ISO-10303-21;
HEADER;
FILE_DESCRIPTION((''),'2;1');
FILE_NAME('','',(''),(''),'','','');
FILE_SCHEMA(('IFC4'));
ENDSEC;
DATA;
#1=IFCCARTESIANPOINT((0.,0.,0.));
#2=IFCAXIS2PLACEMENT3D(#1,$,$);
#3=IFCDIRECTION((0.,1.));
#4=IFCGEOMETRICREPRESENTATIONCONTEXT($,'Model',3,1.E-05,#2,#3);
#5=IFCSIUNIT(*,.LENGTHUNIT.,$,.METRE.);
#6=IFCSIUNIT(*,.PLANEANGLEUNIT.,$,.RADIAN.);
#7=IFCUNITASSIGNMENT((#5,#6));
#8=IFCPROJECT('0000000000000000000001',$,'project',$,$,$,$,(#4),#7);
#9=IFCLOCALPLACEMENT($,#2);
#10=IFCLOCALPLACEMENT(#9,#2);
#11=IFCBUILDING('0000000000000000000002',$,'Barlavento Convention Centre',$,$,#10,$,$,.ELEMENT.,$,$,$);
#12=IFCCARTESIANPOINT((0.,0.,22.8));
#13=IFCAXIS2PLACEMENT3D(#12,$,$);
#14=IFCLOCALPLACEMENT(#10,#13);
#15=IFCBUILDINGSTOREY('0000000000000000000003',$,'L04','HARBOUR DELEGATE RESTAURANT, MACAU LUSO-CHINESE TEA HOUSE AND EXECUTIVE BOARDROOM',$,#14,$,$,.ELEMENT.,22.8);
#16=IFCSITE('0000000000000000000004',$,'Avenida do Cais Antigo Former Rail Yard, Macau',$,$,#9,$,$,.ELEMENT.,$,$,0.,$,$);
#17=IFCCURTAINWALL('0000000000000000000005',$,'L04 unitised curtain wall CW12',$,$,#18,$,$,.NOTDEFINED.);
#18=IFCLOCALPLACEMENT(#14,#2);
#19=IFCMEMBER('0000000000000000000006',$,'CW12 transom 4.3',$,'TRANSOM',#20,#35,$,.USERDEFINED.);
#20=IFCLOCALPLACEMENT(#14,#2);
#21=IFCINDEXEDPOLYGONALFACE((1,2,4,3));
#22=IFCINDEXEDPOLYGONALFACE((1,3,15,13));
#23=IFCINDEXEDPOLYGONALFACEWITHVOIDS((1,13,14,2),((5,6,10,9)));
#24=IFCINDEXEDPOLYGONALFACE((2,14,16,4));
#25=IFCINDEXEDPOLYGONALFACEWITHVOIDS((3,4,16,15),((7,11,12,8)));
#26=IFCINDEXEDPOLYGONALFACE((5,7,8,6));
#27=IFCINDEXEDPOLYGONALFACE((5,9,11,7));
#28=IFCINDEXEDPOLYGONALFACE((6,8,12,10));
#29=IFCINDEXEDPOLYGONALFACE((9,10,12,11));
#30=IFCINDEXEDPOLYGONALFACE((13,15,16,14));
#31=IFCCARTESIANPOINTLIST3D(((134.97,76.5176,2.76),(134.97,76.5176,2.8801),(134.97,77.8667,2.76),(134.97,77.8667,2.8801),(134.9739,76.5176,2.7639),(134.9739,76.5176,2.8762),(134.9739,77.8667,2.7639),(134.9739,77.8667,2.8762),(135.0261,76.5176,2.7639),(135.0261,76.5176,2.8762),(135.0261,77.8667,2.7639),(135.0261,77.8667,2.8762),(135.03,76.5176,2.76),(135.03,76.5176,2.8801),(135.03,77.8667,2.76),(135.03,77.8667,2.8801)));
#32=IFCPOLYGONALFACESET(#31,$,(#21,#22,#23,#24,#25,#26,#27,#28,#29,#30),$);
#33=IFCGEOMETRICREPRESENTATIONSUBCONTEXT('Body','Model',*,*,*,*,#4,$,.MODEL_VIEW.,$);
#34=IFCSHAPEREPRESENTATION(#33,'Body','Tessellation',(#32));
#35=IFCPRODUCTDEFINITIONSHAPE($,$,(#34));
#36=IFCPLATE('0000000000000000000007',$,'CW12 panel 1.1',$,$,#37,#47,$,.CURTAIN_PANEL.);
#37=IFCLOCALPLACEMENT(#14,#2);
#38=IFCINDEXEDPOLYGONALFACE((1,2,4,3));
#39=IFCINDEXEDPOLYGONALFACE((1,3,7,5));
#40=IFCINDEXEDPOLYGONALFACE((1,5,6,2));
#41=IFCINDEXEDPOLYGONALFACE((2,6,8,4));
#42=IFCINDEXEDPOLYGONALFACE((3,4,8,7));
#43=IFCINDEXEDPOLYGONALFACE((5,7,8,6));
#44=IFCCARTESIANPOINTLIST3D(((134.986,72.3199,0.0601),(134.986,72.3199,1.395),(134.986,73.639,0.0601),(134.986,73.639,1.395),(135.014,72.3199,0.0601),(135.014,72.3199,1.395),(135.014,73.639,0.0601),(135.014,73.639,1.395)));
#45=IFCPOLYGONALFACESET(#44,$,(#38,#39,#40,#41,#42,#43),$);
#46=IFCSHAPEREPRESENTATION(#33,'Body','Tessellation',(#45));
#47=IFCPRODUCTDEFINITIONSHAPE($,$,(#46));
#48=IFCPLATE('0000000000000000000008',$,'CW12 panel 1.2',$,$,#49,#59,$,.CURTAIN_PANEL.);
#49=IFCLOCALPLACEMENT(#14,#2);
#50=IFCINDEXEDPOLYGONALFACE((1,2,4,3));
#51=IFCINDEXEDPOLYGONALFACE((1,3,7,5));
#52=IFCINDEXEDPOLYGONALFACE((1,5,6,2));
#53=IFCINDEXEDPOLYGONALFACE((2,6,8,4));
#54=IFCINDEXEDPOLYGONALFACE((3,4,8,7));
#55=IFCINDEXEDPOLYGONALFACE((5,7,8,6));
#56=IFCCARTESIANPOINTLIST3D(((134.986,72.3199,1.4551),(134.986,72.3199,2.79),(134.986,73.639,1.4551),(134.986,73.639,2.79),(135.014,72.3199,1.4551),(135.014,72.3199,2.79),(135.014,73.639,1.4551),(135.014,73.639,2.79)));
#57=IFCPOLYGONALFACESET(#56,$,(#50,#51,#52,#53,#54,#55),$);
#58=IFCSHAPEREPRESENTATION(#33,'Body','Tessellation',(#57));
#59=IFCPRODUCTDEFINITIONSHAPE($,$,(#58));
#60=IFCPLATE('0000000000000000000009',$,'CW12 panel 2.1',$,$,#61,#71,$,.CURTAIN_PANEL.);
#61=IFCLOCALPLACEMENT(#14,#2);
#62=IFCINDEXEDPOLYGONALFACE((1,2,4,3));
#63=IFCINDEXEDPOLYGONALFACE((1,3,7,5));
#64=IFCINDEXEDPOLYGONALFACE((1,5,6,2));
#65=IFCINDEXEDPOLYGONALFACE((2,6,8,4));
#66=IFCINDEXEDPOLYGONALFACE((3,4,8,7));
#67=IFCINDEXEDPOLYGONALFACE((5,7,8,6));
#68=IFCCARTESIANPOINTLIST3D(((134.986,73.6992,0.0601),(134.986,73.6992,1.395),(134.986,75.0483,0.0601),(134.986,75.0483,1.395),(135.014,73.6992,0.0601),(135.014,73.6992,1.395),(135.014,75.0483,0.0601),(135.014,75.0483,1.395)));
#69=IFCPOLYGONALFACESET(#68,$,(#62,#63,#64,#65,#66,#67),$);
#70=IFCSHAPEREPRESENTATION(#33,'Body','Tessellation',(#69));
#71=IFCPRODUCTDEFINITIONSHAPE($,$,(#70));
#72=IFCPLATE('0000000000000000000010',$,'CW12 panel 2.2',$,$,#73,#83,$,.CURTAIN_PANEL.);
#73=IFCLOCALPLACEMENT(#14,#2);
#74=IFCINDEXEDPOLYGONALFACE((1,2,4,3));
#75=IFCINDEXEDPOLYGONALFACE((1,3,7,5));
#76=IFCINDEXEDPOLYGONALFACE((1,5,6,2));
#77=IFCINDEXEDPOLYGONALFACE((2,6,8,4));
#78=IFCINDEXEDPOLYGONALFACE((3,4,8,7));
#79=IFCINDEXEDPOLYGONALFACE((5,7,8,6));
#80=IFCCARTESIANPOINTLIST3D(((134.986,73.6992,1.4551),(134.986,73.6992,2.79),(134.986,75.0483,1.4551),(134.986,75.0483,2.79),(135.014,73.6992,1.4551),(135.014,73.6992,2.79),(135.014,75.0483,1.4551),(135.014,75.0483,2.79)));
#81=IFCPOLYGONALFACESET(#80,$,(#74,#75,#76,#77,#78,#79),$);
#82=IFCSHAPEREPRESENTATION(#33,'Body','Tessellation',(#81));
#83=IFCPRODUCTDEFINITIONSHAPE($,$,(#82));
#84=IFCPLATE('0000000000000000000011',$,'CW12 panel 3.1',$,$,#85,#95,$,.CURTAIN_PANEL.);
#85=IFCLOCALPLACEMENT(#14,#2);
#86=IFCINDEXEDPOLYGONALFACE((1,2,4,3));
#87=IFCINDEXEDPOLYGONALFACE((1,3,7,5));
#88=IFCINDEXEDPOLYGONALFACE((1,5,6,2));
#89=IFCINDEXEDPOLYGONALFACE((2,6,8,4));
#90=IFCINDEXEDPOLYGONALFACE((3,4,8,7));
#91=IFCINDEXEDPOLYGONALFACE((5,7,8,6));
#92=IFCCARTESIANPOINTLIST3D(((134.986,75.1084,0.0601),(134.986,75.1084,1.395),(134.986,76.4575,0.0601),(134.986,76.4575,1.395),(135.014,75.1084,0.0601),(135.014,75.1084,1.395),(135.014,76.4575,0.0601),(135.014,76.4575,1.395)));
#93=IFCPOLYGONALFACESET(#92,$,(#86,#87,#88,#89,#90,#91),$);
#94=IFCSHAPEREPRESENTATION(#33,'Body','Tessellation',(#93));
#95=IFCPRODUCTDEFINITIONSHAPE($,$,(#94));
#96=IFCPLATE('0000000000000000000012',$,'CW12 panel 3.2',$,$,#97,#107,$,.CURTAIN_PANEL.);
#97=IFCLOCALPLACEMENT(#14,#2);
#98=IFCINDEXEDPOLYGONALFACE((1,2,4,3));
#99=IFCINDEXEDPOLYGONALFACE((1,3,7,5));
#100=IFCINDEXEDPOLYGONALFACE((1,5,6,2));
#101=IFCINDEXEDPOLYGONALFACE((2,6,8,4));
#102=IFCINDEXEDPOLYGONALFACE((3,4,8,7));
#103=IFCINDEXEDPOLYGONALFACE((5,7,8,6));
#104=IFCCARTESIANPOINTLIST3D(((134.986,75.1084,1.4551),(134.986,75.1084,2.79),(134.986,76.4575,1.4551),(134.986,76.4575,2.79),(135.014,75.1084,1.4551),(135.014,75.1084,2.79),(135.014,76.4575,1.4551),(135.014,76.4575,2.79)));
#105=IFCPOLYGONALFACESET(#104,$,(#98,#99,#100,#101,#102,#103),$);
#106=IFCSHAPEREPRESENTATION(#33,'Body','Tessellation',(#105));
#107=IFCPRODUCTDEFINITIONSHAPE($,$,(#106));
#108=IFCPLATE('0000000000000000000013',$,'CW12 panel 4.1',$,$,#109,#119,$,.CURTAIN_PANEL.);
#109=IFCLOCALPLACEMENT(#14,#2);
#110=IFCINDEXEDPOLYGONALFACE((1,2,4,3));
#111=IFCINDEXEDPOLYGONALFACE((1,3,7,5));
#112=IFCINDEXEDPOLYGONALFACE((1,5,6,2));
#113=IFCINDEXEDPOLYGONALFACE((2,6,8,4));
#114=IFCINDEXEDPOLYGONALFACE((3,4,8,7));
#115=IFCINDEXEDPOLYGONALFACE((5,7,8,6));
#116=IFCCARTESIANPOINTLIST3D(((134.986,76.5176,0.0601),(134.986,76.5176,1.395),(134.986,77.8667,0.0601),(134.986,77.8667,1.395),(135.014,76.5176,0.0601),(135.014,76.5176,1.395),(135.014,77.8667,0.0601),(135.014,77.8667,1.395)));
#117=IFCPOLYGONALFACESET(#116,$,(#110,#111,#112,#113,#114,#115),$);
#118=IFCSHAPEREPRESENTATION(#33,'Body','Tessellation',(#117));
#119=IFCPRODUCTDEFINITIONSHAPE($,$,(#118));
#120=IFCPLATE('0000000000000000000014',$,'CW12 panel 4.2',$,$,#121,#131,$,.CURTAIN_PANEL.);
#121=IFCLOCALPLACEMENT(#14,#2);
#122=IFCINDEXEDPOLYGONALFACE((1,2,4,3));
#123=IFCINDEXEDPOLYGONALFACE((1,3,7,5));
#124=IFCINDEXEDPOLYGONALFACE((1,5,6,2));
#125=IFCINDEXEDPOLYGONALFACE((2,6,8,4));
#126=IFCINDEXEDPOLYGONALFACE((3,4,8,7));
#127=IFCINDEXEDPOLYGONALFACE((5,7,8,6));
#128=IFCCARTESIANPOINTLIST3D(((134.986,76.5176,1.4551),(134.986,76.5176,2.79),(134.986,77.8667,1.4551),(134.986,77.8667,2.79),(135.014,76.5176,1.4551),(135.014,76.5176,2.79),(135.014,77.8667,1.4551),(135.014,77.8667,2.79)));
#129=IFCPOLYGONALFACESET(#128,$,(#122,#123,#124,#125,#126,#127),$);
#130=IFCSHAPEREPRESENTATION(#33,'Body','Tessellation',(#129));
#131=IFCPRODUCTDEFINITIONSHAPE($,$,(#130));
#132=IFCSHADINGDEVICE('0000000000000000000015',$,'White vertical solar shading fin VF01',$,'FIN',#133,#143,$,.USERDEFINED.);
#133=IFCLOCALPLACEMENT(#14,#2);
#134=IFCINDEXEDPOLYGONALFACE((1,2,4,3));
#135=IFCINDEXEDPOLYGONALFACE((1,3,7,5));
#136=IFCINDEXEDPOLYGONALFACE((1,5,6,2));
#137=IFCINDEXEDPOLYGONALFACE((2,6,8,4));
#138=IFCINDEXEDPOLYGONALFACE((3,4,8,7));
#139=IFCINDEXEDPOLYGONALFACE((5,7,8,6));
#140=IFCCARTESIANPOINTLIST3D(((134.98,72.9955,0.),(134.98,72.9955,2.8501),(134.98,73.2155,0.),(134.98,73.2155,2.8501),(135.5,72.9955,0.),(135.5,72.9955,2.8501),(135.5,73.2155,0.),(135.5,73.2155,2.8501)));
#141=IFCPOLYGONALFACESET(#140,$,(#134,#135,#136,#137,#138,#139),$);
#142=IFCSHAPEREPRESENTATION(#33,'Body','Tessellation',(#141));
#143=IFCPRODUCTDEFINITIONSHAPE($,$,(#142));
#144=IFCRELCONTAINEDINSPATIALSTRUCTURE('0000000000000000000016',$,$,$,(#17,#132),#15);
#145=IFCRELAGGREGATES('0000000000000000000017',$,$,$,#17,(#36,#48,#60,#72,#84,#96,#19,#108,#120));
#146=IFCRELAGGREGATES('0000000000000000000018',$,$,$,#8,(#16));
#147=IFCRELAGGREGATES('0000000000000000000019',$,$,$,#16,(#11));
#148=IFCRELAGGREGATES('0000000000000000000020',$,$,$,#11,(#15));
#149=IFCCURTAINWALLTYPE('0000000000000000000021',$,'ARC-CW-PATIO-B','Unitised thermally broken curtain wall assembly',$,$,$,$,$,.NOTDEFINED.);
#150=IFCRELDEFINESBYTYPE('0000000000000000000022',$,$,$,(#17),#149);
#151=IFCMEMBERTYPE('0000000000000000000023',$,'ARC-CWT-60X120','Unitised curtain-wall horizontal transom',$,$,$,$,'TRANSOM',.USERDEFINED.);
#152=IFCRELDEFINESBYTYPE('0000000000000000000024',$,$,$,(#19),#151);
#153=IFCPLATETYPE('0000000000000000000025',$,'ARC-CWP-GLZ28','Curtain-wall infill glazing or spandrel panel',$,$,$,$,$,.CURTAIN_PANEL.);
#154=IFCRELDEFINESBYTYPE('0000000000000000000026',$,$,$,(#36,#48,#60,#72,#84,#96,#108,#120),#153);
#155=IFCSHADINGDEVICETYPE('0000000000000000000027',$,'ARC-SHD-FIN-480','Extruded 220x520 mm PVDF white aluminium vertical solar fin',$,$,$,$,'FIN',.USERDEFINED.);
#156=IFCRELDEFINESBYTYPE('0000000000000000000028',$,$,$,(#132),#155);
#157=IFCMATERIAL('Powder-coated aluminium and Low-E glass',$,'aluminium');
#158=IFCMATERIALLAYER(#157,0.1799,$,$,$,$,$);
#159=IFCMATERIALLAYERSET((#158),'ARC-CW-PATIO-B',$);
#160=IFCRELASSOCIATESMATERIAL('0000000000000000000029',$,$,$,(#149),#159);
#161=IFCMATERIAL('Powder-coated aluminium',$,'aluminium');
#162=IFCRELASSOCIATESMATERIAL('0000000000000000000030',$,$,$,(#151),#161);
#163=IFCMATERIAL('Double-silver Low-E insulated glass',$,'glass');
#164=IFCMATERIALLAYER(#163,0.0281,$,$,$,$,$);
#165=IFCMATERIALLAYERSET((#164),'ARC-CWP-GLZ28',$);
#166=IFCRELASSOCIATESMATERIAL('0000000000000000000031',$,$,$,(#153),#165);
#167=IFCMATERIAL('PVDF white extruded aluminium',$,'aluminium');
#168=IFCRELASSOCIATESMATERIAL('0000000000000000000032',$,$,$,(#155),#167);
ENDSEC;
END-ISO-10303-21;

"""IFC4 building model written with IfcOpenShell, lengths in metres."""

from ifc_helpers import new_model, si_unit, direction, frame, origin, origin_2d, place, context, subcontext, project, spatial, rectangle, hollow_rectangle, extrude, material, layer, layer_set, material_profile, profile_set, type_object, element, aggregate, save


model = new_model("IFC4")

# Units and contexts
model_context = context("Model", 3, precision=1e-05, world=origin(), true_north=direction((0.0, 1.0)))
body_context = subcontext(model_context, "Body", "Model", "MODEL_VIEW")
ifc_project = project(units=[si_unit("LENGTHUNIT", "METRE"), si_unit("PLANEANGLEUNIT", "RADIAN")], contexts=[model_context])

# Site, building, storey
site_placement = place(None, origin())
site = spatial("IfcSite", under=ifc_project, at=site_placement, Name="Avenida do Cais Antigo Former Rail Yard, Macau", CompositionType="ELEMENT", RefElevation=0.0)
building_placement = place(site_placement, origin())
building = spatial("IfcBuilding", under=site, at=building_placement, Name="Barlavento Convention Centre", CompositionType="ELEMENT")
storey_placement = place(building_placement, frame((0.0, 0.0, 22.8)))
storey = spatial("IfcBuildingStorey", under=building, at=storey_placement, Name="L04", Description="HARBOUR DELEGATE RESTAURANT, MACAU LUSO-CHINESE TEA HOUSE AND EXECUTIVE BOARDROOM", CompositionType="ELEMENT", Elevation=22.8)

# Curtain wall, member, plates
ifc_material_1 = material(Name="Powder-coated aluminium and Low-E glass", Category="aluminium")
ifc_layer_1 = layer(ifc_material_1, 0.1799)
ifc_layer_set_1 = layer_set([ifc_layer_1], Name="ARC-CW-PATIO-B")
curtain_wall_type = type_object("IfcCurtainWallType", Name="ARC-CW-PATIO-B", Description="Unitised thermally broken curtain wall assembly", PredefinedType="NOTDEFINED", material=ifc_layer_set_1)
curtain_wall_placement = place(storey_placement, origin())
curtain_wall = element("IfcCurtainWall", 1, at=curtain_wall_placement, inside=storey, type_object=curtain_wall_type, Name="L04 unitised curtain wall CW12", PredefinedType="NOTDEFINED")
ifc_material_2 = material(Name="Powder-coated aluminium", Category="aluminium")
ifc_material_profile_1 = material_profile(ifc_material_2, hollow_rectangle(XDim=0.0601, YDim=0.1201, WallThickness=0.0039, at=origin_2d()), Name="AL-TRAN 60x120x4")
ifc_profile_set_1 = profile_set([ifc_material_profile_1], Name="Powder-coated aluminium")
member_type_1 = type_object("IfcMemberType", Name="ARC-CWT-60X120", Description="Unitised curtain-wall horizontal transom", ElementType="TRANSOM", PredefinedType="USERDEFINED", material=ifc_profile_set_1)
member_1_placement = place(storey_placement, frame((135.0, 76.5176, 2.8201), z_axis=(0.0, 1.0, 0.0), x_axis=(-1.0, 0.0, 0.0)))
member_1 = element("IfcMember", 2, at=member_1_placement, type_object=member_type_1, Name="CW12 transom 4.3", ObjectType="TRANSOM", PredefinedType="USERDEFINED", context=body_context, shape_type="SweptSolid", body=[
    extrude(hollow_rectangle(XDim=0.0601, YDim=0.1201, WallThickness=0.0039, at=origin_2d()), origin(), (0.0, 0.0, 1.0), 1.3491),
])
ifc_material_3 = material(Name="Double-silver Low-E insulated glass", Category="glass")
ifc_layer_2 = layer(ifc_material_3, 0.0281)
ifc_layer_set_2 = layer_set([ifc_layer_2], Name="ARC-CWP-GLZ28")
plate_type = type_object("IfcPlateType", Name="ARC-CWP-GLZ28", Description="Curtain-wall infill glazing or spandrel panel", PredefinedType="CURTAIN_PANEL", material=ifc_layer_set_2)
plate_1_placement = place(storey_placement, frame((135.0, 72.9795, 0.0601), z_axis=(0.0, 0.0, 1.0), x_axis=(0.0, 1.0, 0.0)))
plate_1 = element("IfcPlate", 3, at=plate_1_placement, type_object=plate_type, Name="CW12 panel 1.1", PredefinedType="CURTAIN_PANEL", context=body_context, shape_type="SweptSolid", body=[
    extrude(rectangle(XDim=1.3191, YDim=0.0281, at=origin_2d()), origin(), (0.0, 0.0, 1.0), 1.335),
])
plate_2_placement = place(storey_placement, frame((135.0, 72.9795, 1.4551), z_axis=(0.0, 0.0, 1.0), x_axis=(0.0, 1.0, 0.0)))
plate_2 = element("IfcPlate", 4, at=plate_2_placement, type_object=plate_type, Name="CW12 panel 1.2", PredefinedType="CURTAIN_PANEL", context=body_context, shape_type="SweptSolid", body=[
    extrude(rectangle(XDim=1.3191, YDim=0.0281, at=origin_2d()), origin(), (0.0, 0.0, 1.0), 1.335),
])
plate_3_placement = place(storey_placement, frame((135.0, 74.3738, 0.0601), z_axis=(0.0, 0.0, 1.0), x_axis=(0.0, 1.0, 0.0)))
plate_3 = element("IfcPlate", 5, at=plate_3_placement, type_object=plate_type, Name="CW12 panel 2.1", PredefinedType="CURTAIN_PANEL", context=body_context, shape_type="SweptSolid", body=[
    extrude(rectangle(XDim=1.3491, YDim=0.0281, at=origin_2d()), origin(), (0.0, 0.0, 1.0), 1.335),
])
plate_4_placement = place(storey_placement, frame((135.0, 74.3738, 1.4551), z_axis=(0.0, 0.0, 1.0), x_axis=(0.0, 1.0, 0.0)))
plate_4 = element("IfcPlate", 6, at=plate_4_placement, type_object=plate_type, Name="CW12 panel 2.2", PredefinedType="CURTAIN_PANEL", context=body_context, shape_type="SweptSolid", body=[
    extrude(rectangle(XDim=1.3491, YDim=0.0281, at=origin_2d()), origin(), (0.0, 0.0, 1.0), 1.335),
])
plate_5_placement = place(storey_placement, frame((135.0, 75.783, 0.0601), z_axis=(0.0, 0.0, 1.0), x_axis=(0.0, 1.0, 0.0)))
plate_5 = element("IfcPlate", 7, at=plate_5_placement, type_object=plate_type, Name="CW12 panel 3.1", PredefinedType="CURTAIN_PANEL", context=body_context, shape_type="SweptSolid", body=[
    extrude(rectangle(XDim=1.3491, YDim=0.0281, at=origin_2d()), origin(), (0.0, 0.0, 1.0), 1.335),
])
plate_6_placement = place(storey_placement, frame((135.0, 75.783, 1.4551), z_axis=(0.0, 0.0, 1.0), x_axis=(0.0, 1.0, 0.0)))
plate_6 = element("IfcPlate", 8, at=plate_6_placement, type_object=plate_type, Name="CW12 panel 3.2", PredefinedType="CURTAIN_PANEL", context=body_context, shape_type="SweptSolid", body=[
    extrude(rectangle(XDim=1.3491, YDim=0.0281, at=origin_2d()), origin(), (0.0, 0.0, 1.0), 1.335),
])
plate_7_placement = place(storey_placement, frame((135.0, 77.1921, 0.0601), z_axis=(0.0, 0.0, 1.0), x_axis=(0.0, 1.0, 0.0)))
plate_7 = element("IfcPlate", 9, at=plate_7_placement, type_object=plate_type, Name="CW12 panel 4.1", PredefinedType="CURTAIN_PANEL", context=body_context, shape_type="SweptSolid", body=[
    extrude(rectangle(XDim=1.3491, YDim=0.0281, at=origin_2d()), origin(), (0.0, 0.0, 1.0), 1.335),
])
plate_8_placement = place(storey_placement, frame((135.0, 77.1921, 1.4551), z_axis=(0.0, 0.0, 1.0), x_axis=(0.0, 1.0, 0.0)))
plate_8 = element("IfcPlate", 10, at=plate_8_placement, type_object=plate_type, Name="CW12 panel 4.2", PredefinedType="CURTAIN_PANEL", context=body_context, shape_type="SweptSolid", body=[
    extrude(rectangle(XDim=1.3491, YDim=0.0281, at=origin_2d()), origin(), (0.0, 0.0, 1.0), 1.335),
])
aggregate(curtain_wall, [plate_1, plate_2, plate_3, plate_4, plate_5, plate_6, member_1, plate_7, plate_8])

# Shading device
ifc_material_4 = material(Name="PVDF white extruded aluminium", Category="aluminium")
shading_device_type = type_object("IfcShadingDeviceType", Name="ARC-SHD-FIN-480", Description="Extruded 220x520 mm PVDF white aluminium vertical solar fin", ElementType="FIN", PredefinedType="USERDEFINED", material=ifc_material_4)
shading_device_placement = place(storey_placement, frame((135.24, 73.1055, 0.0), z_axis=(0.0, 0.0, 1.0), x_axis=(0.0, 1.0, 0.0)))
element("IfcShadingDevice", 11, at=shading_device_placement, inside=storey, type_object=shading_device_type, Name="White vertical solar shading fin VF01", ObjectType="FIN", PredefinedType="USERDEFINED", context=body_context, shape_type="SweptSolid", body=[
    extrude(rectangle(XDim=0.22, YDim=0.52, at=origin_2d()), origin(), (0.0, 0.0, 1.0), 2.8501),
])

save(model, "model.ifc")
